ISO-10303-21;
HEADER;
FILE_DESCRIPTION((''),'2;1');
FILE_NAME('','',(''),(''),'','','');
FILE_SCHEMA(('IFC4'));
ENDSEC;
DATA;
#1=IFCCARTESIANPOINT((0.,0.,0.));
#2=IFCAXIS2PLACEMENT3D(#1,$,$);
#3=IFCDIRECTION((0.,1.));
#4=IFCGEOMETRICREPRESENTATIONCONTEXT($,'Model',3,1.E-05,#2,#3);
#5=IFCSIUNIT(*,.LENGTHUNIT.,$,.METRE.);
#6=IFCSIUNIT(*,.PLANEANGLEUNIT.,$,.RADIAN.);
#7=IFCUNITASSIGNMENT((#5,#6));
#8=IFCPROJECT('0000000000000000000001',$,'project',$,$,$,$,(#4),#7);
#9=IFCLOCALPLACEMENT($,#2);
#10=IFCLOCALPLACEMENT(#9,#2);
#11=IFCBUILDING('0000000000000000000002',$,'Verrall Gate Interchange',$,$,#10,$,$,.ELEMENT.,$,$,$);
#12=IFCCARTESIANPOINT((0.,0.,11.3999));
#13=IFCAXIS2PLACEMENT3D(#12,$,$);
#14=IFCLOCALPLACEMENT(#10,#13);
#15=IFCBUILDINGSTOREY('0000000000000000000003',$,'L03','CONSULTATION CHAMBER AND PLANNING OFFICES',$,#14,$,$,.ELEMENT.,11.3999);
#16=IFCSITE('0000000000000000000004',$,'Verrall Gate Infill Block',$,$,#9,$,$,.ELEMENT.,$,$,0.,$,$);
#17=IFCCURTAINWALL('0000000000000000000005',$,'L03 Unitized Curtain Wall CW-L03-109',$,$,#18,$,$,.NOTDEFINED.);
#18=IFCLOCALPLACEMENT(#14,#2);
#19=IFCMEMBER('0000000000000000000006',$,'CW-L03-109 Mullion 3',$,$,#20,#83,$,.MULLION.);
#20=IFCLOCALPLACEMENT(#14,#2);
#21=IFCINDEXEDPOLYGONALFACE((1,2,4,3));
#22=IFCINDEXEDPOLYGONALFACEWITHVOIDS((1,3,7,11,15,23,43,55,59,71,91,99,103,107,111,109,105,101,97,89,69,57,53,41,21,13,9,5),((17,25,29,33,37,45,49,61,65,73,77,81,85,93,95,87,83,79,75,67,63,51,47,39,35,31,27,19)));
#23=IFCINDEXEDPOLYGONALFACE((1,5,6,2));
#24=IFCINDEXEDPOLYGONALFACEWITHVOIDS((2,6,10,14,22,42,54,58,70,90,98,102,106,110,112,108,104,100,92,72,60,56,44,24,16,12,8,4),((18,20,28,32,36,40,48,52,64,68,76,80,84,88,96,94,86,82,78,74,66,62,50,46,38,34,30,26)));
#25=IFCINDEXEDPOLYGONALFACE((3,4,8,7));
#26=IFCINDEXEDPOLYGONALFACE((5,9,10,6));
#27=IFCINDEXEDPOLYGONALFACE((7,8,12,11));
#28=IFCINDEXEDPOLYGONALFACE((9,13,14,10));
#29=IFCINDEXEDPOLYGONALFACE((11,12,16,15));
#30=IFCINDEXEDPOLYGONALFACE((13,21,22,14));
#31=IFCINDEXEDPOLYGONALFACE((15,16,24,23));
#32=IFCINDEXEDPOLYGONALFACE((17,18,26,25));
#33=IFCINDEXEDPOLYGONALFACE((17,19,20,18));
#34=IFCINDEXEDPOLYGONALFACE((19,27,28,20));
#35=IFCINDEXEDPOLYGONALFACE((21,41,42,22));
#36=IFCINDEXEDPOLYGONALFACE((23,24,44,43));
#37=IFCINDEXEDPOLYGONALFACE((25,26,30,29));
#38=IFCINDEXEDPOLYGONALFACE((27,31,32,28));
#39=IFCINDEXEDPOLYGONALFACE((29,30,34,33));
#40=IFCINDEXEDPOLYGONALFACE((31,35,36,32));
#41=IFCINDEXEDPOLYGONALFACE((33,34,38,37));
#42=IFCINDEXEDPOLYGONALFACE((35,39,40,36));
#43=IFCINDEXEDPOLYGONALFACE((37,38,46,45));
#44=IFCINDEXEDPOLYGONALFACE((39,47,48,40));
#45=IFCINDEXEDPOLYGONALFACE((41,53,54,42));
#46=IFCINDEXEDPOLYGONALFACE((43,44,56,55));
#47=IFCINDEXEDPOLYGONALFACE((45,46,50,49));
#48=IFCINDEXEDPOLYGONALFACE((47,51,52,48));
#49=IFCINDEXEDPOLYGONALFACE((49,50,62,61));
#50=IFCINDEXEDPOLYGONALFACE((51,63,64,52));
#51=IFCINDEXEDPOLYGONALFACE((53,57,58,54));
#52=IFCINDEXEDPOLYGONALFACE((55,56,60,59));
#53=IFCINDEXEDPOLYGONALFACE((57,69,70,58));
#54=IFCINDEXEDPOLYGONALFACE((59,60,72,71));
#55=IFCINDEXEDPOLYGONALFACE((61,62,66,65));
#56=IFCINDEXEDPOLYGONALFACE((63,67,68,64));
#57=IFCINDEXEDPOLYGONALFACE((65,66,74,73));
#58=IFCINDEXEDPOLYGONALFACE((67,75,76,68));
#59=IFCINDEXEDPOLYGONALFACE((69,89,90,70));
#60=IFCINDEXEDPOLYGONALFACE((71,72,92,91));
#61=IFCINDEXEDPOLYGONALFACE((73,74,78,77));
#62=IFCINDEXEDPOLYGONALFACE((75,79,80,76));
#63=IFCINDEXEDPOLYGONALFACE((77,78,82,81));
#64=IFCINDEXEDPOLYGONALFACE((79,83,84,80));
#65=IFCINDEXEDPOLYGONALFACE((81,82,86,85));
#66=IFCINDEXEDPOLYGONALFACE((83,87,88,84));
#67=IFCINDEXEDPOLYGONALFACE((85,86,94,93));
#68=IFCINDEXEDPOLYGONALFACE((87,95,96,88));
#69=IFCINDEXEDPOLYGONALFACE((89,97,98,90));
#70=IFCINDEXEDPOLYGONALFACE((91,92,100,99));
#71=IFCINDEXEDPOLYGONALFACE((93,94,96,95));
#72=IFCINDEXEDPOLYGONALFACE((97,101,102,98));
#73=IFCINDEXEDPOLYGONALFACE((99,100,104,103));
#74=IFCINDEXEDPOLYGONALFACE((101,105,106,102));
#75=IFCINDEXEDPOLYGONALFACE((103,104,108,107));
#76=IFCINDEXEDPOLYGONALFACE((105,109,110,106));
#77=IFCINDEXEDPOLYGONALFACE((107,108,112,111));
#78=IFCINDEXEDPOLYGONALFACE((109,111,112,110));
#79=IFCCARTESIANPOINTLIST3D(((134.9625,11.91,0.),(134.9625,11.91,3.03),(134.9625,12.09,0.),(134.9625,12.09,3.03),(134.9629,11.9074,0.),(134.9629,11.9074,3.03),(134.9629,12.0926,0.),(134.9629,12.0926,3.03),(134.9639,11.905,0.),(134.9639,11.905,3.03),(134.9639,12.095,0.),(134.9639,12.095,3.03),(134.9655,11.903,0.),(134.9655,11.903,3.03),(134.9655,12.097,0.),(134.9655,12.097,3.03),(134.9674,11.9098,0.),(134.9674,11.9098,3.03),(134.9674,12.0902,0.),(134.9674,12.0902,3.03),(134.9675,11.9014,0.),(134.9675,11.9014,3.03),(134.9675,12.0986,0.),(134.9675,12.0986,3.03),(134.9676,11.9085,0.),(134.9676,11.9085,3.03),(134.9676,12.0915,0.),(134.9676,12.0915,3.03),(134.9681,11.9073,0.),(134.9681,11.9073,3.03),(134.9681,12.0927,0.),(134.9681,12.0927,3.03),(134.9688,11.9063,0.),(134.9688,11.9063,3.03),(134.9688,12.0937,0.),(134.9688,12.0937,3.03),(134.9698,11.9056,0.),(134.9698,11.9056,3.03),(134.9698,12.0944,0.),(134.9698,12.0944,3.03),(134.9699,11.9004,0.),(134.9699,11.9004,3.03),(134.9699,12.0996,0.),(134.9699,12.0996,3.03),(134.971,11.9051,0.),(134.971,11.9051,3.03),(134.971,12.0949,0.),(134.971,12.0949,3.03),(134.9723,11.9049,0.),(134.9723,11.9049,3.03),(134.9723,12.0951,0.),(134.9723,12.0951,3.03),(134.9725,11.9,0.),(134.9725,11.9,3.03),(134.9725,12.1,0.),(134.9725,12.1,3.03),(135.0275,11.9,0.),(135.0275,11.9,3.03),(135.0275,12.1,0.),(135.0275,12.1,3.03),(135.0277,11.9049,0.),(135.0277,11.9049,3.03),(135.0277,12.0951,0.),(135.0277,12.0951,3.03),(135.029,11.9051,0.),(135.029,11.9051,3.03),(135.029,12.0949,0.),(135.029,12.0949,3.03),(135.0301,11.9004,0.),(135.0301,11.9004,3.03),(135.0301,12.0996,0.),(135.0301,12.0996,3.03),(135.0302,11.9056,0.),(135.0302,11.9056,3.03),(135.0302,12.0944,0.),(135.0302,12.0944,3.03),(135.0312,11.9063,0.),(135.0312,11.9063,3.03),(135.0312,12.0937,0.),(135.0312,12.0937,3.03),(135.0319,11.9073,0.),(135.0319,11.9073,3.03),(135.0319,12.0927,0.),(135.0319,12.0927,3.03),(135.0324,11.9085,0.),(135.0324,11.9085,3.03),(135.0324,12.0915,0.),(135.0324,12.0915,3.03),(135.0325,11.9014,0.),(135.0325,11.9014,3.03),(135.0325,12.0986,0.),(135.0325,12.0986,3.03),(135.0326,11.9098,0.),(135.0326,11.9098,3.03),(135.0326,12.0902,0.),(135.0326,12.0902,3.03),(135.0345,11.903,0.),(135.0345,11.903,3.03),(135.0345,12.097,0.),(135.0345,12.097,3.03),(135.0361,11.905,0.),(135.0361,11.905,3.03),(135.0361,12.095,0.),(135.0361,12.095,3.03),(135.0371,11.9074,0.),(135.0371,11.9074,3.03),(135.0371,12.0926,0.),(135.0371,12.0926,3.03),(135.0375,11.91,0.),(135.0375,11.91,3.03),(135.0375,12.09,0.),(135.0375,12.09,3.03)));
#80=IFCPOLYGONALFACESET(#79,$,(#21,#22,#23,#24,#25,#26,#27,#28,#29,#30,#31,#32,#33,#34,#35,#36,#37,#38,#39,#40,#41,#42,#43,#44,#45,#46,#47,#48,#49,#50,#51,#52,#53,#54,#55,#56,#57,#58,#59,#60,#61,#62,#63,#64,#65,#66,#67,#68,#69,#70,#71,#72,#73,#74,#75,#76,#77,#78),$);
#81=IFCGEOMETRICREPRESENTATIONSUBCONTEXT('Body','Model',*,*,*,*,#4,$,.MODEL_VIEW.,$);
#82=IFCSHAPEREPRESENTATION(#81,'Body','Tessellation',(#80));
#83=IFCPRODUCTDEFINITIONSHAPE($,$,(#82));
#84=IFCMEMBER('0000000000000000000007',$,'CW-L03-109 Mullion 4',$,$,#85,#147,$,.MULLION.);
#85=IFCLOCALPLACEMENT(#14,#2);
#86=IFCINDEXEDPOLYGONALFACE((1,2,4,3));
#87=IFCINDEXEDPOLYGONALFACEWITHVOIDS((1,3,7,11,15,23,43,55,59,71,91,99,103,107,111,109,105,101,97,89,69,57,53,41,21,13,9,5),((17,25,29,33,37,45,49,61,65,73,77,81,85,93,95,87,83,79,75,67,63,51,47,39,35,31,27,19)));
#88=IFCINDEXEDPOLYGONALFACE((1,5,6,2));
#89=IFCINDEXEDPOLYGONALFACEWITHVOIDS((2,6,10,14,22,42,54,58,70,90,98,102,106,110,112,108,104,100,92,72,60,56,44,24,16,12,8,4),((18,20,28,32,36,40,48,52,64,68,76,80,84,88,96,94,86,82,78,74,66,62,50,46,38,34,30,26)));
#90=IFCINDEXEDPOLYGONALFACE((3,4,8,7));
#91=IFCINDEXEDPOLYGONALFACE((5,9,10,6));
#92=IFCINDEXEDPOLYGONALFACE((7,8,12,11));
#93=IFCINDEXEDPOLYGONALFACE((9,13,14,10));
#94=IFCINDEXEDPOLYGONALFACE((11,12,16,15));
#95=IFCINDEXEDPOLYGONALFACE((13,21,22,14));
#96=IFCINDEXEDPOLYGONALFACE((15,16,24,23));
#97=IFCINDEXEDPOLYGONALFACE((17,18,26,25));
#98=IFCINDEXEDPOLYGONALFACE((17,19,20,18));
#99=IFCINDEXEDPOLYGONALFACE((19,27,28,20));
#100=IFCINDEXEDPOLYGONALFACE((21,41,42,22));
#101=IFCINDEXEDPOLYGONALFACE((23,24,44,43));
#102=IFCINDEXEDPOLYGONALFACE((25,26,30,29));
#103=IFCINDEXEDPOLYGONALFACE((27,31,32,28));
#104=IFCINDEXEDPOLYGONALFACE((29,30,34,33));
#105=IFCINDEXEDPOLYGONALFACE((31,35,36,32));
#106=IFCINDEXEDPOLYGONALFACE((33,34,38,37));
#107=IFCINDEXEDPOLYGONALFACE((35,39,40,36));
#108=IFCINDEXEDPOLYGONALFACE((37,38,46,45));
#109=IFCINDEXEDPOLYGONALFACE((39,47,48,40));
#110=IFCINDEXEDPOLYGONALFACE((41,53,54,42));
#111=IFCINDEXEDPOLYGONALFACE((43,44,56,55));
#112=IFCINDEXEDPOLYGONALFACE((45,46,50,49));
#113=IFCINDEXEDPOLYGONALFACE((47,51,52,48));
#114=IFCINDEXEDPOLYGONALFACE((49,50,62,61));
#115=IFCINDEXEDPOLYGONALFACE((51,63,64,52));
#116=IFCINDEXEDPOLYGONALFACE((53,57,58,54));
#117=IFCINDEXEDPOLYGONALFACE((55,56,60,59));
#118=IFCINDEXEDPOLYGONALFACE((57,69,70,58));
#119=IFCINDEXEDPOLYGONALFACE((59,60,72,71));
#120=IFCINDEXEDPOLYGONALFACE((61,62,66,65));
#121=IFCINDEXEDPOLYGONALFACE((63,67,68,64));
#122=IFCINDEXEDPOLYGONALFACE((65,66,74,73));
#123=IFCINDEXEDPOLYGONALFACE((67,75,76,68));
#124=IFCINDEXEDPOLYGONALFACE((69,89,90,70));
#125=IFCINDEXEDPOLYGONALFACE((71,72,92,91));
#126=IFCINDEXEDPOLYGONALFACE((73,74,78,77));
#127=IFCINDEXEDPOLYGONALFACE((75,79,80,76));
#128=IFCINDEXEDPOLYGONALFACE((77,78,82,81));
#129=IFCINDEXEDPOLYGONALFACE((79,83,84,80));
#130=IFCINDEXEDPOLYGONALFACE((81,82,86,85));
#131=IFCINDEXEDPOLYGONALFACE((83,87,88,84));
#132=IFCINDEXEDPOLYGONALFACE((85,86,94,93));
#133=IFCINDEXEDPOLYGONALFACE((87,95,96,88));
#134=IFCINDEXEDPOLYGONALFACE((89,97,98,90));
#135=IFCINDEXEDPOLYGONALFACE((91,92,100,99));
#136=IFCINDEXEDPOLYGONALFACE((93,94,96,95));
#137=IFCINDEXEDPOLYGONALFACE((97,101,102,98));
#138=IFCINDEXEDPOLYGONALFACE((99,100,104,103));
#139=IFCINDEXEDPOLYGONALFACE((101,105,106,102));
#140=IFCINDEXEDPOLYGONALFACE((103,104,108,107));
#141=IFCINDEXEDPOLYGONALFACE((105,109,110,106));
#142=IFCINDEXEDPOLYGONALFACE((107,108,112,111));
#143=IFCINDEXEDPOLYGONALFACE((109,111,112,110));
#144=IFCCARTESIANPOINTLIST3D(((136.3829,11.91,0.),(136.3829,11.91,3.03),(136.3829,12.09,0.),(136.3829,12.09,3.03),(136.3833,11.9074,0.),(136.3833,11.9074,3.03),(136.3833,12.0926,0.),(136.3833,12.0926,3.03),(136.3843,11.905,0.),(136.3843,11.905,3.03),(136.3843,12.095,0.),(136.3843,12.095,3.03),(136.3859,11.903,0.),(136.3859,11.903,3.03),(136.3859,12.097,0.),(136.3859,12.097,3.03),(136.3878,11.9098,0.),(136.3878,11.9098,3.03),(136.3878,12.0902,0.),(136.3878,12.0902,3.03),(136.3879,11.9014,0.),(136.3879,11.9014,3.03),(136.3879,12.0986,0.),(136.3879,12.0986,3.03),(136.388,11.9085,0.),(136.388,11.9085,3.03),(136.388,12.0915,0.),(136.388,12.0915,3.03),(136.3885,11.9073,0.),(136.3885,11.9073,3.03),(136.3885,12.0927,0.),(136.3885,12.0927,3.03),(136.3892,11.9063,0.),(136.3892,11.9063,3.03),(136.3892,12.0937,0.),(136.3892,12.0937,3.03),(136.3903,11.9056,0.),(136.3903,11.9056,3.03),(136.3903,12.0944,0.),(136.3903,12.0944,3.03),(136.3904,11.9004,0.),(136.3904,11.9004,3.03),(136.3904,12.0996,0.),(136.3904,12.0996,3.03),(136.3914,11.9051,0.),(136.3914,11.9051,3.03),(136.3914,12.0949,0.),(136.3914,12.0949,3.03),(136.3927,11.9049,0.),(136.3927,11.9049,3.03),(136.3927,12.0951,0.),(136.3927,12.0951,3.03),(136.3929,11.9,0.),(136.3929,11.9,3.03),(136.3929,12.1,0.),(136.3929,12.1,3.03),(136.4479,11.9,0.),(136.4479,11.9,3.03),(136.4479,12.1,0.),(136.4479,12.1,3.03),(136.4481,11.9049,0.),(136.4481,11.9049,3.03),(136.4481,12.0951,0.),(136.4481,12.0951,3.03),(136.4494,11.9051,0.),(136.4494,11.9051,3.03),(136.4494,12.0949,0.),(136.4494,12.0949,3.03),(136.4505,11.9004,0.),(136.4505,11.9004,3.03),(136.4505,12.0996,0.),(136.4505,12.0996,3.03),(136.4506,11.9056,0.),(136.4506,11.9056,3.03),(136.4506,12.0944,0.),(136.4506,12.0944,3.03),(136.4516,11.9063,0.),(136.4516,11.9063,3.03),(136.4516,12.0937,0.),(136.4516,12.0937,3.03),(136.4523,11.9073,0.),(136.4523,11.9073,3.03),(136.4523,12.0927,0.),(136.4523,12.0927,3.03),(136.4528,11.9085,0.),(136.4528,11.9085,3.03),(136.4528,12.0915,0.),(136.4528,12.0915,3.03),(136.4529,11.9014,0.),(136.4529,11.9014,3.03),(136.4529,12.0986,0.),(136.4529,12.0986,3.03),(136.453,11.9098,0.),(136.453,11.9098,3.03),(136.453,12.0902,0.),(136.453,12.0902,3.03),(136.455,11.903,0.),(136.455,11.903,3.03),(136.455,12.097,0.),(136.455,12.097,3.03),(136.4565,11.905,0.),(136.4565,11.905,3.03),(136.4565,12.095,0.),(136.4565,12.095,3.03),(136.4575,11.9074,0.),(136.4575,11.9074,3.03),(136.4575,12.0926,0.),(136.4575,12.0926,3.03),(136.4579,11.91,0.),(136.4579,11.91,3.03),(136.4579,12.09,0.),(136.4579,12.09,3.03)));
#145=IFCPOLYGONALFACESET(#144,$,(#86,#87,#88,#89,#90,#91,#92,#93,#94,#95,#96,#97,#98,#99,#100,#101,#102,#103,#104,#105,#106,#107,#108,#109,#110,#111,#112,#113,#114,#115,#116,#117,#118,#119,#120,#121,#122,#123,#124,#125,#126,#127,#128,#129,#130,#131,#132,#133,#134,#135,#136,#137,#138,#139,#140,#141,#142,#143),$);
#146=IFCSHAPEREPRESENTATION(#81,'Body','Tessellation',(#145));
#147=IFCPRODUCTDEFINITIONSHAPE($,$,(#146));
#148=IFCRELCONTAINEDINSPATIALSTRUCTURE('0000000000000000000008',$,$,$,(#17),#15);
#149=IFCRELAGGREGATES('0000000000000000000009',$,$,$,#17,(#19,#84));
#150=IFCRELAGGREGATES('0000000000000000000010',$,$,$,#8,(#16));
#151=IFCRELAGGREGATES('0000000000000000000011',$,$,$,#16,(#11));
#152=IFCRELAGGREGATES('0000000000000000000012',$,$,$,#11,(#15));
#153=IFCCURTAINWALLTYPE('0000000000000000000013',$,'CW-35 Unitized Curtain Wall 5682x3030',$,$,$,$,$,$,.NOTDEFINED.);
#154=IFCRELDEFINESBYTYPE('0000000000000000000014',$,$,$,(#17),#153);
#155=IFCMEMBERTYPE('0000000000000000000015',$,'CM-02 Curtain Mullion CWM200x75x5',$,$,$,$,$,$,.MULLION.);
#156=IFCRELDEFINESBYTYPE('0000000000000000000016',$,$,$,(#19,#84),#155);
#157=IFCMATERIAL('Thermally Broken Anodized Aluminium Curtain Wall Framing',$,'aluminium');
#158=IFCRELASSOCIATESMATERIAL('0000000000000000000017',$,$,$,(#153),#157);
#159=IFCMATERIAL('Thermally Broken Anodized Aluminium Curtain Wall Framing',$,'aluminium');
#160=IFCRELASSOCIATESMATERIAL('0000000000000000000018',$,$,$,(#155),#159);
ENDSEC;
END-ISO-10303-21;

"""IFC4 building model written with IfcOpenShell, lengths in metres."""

from ifc_helpers import new_model, si_unit, direction, frame, origin, origin_2d, place, context, subcontext, project, spatial, hollow_rectangle, extrude, material, material_profile, profile_set, type_object, element, aggregate, save


model = new_model("IFC4")

# Units and contexts
model_context = context("Model", 3, precision=1e-05, world=origin(), true_north=direction((0.0, 1.0)))
body_context = subcontext(model_context, "Body", "Model", "MODEL_VIEW")
ifc_project = project(units=[si_unit("LENGTHUNIT", "METRE"), si_unit("PLANEANGLEUNIT", "RADIAN")], contexts=[model_context])

# Site, building, storey
site_placement = place(None, origin())
site = spatial("IfcSite", under=ifc_project, at=site_placement, Name="Verrall Gate Infill Block", CompositionType="ELEMENT", RefElevation=0.0)
building_placement = place(site_placement, origin())
building = spatial("IfcBuilding", under=site, at=building_placement, Name="Verrall Gate Interchange", CompositionType="ELEMENT")
storey_placement = place(building_placement, frame((0.0, 0.0, 11.3999)))
storey = spatial("IfcBuildingStorey", under=building, at=storey_placement, Name="L03", Description="CONSULTATION CHAMBER AND PLANNING OFFICES", CompositionType="ELEMENT", Elevation=11.3999)

# Curtain wall, members
ifc_material_1 = material(Name="Thermally Broken Anodized Aluminium Curtain Wall Framing", Category="aluminium")
curtain_wall_type_1 = type_object("IfcCurtainWallType", Name="CW-35 Unitized Curtain Wall 5682x3030", PredefinedType="NOTDEFINED", material=ifc_material_1)
curtain_wall_1_placement = place(storey_placement, origin())
curtain_wall_1 = element("IfcCurtainWall", 1, at=curtain_wall_1_placement, inside=storey, type_object=curtain_wall_type_1, Name="L03 Unitized Curtain Wall CW-L03-109", PredefinedType="NOTDEFINED")
ifc_material_2 = material(Name="Thermally Broken Anodized Aluminium Curtain Wall Framing", Category="aluminium")
ifc_material_profile_1 = material_profile(ifc_material_2, hollow_rectangle(XDim=0.075, YDim=0.2, WallThickness=0.0049, InnerFilletRadius=0.0049, OuterFilletRadius=0.01, at=origin_2d()), Name="CWM200x75x5")
ifc_profile_set_1 = profile_set([ifc_material_profile_1], Name="Thermally Broken Anodized Aluminium Curtain Wall Framing")
member_type_1 = type_object("IfcMemberType", Name="CM-02 Curtain Mullion CWM200x75x5", PredefinedType="MULLION", material=ifc_profile_set_1)
member_1_placement = place(storey_placement, frame((135.0, 12.0, 0.0), z_axis=(0.0, 0.0, 1.0), x_axis=(1.0, 0.0, 0.0)))
member_1 = element("IfcMember", 2, at=member_1_placement, type_object=member_type_1, Name="CW-L03-109 Mullion 3", PredefinedType="MULLION", context=body_context, shape_type="SweptSolid", body=[
    extrude(hollow_rectangle(XDim=0.075, YDim=0.2, WallThickness=0.0049, InnerFilletRadius=0.0049, OuterFilletRadius=0.01, at=origin_2d()), origin(), (0.0, 0.0, 1.0), 3.03),
])
member_2_placement = place(storey_placement, frame((136.4204, 12.0, 0.0), z_axis=(0.0, 0.0, 1.0), x_axis=(1.0, 0.0, 0.0)))
member_2 = element("IfcMember", 3, at=member_2_placement, type_object=member_type_1, Name="CW-L03-109 Mullion 4", PredefinedType="MULLION", context=body_context, shape_type="SweptSolid", body=[
    extrude(hollow_rectangle(XDim=0.075, YDim=0.2, WallThickness=0.0049, InnerFilletRadius=0.0049, OuterFilletRadius=0.01, at=origin_2d()), origin(), (0.0, 0.0, 1.0), 3.03),
])

aggregate(curtain_wall_1, [member_1, member_2])

save(model, "model.ifc")
